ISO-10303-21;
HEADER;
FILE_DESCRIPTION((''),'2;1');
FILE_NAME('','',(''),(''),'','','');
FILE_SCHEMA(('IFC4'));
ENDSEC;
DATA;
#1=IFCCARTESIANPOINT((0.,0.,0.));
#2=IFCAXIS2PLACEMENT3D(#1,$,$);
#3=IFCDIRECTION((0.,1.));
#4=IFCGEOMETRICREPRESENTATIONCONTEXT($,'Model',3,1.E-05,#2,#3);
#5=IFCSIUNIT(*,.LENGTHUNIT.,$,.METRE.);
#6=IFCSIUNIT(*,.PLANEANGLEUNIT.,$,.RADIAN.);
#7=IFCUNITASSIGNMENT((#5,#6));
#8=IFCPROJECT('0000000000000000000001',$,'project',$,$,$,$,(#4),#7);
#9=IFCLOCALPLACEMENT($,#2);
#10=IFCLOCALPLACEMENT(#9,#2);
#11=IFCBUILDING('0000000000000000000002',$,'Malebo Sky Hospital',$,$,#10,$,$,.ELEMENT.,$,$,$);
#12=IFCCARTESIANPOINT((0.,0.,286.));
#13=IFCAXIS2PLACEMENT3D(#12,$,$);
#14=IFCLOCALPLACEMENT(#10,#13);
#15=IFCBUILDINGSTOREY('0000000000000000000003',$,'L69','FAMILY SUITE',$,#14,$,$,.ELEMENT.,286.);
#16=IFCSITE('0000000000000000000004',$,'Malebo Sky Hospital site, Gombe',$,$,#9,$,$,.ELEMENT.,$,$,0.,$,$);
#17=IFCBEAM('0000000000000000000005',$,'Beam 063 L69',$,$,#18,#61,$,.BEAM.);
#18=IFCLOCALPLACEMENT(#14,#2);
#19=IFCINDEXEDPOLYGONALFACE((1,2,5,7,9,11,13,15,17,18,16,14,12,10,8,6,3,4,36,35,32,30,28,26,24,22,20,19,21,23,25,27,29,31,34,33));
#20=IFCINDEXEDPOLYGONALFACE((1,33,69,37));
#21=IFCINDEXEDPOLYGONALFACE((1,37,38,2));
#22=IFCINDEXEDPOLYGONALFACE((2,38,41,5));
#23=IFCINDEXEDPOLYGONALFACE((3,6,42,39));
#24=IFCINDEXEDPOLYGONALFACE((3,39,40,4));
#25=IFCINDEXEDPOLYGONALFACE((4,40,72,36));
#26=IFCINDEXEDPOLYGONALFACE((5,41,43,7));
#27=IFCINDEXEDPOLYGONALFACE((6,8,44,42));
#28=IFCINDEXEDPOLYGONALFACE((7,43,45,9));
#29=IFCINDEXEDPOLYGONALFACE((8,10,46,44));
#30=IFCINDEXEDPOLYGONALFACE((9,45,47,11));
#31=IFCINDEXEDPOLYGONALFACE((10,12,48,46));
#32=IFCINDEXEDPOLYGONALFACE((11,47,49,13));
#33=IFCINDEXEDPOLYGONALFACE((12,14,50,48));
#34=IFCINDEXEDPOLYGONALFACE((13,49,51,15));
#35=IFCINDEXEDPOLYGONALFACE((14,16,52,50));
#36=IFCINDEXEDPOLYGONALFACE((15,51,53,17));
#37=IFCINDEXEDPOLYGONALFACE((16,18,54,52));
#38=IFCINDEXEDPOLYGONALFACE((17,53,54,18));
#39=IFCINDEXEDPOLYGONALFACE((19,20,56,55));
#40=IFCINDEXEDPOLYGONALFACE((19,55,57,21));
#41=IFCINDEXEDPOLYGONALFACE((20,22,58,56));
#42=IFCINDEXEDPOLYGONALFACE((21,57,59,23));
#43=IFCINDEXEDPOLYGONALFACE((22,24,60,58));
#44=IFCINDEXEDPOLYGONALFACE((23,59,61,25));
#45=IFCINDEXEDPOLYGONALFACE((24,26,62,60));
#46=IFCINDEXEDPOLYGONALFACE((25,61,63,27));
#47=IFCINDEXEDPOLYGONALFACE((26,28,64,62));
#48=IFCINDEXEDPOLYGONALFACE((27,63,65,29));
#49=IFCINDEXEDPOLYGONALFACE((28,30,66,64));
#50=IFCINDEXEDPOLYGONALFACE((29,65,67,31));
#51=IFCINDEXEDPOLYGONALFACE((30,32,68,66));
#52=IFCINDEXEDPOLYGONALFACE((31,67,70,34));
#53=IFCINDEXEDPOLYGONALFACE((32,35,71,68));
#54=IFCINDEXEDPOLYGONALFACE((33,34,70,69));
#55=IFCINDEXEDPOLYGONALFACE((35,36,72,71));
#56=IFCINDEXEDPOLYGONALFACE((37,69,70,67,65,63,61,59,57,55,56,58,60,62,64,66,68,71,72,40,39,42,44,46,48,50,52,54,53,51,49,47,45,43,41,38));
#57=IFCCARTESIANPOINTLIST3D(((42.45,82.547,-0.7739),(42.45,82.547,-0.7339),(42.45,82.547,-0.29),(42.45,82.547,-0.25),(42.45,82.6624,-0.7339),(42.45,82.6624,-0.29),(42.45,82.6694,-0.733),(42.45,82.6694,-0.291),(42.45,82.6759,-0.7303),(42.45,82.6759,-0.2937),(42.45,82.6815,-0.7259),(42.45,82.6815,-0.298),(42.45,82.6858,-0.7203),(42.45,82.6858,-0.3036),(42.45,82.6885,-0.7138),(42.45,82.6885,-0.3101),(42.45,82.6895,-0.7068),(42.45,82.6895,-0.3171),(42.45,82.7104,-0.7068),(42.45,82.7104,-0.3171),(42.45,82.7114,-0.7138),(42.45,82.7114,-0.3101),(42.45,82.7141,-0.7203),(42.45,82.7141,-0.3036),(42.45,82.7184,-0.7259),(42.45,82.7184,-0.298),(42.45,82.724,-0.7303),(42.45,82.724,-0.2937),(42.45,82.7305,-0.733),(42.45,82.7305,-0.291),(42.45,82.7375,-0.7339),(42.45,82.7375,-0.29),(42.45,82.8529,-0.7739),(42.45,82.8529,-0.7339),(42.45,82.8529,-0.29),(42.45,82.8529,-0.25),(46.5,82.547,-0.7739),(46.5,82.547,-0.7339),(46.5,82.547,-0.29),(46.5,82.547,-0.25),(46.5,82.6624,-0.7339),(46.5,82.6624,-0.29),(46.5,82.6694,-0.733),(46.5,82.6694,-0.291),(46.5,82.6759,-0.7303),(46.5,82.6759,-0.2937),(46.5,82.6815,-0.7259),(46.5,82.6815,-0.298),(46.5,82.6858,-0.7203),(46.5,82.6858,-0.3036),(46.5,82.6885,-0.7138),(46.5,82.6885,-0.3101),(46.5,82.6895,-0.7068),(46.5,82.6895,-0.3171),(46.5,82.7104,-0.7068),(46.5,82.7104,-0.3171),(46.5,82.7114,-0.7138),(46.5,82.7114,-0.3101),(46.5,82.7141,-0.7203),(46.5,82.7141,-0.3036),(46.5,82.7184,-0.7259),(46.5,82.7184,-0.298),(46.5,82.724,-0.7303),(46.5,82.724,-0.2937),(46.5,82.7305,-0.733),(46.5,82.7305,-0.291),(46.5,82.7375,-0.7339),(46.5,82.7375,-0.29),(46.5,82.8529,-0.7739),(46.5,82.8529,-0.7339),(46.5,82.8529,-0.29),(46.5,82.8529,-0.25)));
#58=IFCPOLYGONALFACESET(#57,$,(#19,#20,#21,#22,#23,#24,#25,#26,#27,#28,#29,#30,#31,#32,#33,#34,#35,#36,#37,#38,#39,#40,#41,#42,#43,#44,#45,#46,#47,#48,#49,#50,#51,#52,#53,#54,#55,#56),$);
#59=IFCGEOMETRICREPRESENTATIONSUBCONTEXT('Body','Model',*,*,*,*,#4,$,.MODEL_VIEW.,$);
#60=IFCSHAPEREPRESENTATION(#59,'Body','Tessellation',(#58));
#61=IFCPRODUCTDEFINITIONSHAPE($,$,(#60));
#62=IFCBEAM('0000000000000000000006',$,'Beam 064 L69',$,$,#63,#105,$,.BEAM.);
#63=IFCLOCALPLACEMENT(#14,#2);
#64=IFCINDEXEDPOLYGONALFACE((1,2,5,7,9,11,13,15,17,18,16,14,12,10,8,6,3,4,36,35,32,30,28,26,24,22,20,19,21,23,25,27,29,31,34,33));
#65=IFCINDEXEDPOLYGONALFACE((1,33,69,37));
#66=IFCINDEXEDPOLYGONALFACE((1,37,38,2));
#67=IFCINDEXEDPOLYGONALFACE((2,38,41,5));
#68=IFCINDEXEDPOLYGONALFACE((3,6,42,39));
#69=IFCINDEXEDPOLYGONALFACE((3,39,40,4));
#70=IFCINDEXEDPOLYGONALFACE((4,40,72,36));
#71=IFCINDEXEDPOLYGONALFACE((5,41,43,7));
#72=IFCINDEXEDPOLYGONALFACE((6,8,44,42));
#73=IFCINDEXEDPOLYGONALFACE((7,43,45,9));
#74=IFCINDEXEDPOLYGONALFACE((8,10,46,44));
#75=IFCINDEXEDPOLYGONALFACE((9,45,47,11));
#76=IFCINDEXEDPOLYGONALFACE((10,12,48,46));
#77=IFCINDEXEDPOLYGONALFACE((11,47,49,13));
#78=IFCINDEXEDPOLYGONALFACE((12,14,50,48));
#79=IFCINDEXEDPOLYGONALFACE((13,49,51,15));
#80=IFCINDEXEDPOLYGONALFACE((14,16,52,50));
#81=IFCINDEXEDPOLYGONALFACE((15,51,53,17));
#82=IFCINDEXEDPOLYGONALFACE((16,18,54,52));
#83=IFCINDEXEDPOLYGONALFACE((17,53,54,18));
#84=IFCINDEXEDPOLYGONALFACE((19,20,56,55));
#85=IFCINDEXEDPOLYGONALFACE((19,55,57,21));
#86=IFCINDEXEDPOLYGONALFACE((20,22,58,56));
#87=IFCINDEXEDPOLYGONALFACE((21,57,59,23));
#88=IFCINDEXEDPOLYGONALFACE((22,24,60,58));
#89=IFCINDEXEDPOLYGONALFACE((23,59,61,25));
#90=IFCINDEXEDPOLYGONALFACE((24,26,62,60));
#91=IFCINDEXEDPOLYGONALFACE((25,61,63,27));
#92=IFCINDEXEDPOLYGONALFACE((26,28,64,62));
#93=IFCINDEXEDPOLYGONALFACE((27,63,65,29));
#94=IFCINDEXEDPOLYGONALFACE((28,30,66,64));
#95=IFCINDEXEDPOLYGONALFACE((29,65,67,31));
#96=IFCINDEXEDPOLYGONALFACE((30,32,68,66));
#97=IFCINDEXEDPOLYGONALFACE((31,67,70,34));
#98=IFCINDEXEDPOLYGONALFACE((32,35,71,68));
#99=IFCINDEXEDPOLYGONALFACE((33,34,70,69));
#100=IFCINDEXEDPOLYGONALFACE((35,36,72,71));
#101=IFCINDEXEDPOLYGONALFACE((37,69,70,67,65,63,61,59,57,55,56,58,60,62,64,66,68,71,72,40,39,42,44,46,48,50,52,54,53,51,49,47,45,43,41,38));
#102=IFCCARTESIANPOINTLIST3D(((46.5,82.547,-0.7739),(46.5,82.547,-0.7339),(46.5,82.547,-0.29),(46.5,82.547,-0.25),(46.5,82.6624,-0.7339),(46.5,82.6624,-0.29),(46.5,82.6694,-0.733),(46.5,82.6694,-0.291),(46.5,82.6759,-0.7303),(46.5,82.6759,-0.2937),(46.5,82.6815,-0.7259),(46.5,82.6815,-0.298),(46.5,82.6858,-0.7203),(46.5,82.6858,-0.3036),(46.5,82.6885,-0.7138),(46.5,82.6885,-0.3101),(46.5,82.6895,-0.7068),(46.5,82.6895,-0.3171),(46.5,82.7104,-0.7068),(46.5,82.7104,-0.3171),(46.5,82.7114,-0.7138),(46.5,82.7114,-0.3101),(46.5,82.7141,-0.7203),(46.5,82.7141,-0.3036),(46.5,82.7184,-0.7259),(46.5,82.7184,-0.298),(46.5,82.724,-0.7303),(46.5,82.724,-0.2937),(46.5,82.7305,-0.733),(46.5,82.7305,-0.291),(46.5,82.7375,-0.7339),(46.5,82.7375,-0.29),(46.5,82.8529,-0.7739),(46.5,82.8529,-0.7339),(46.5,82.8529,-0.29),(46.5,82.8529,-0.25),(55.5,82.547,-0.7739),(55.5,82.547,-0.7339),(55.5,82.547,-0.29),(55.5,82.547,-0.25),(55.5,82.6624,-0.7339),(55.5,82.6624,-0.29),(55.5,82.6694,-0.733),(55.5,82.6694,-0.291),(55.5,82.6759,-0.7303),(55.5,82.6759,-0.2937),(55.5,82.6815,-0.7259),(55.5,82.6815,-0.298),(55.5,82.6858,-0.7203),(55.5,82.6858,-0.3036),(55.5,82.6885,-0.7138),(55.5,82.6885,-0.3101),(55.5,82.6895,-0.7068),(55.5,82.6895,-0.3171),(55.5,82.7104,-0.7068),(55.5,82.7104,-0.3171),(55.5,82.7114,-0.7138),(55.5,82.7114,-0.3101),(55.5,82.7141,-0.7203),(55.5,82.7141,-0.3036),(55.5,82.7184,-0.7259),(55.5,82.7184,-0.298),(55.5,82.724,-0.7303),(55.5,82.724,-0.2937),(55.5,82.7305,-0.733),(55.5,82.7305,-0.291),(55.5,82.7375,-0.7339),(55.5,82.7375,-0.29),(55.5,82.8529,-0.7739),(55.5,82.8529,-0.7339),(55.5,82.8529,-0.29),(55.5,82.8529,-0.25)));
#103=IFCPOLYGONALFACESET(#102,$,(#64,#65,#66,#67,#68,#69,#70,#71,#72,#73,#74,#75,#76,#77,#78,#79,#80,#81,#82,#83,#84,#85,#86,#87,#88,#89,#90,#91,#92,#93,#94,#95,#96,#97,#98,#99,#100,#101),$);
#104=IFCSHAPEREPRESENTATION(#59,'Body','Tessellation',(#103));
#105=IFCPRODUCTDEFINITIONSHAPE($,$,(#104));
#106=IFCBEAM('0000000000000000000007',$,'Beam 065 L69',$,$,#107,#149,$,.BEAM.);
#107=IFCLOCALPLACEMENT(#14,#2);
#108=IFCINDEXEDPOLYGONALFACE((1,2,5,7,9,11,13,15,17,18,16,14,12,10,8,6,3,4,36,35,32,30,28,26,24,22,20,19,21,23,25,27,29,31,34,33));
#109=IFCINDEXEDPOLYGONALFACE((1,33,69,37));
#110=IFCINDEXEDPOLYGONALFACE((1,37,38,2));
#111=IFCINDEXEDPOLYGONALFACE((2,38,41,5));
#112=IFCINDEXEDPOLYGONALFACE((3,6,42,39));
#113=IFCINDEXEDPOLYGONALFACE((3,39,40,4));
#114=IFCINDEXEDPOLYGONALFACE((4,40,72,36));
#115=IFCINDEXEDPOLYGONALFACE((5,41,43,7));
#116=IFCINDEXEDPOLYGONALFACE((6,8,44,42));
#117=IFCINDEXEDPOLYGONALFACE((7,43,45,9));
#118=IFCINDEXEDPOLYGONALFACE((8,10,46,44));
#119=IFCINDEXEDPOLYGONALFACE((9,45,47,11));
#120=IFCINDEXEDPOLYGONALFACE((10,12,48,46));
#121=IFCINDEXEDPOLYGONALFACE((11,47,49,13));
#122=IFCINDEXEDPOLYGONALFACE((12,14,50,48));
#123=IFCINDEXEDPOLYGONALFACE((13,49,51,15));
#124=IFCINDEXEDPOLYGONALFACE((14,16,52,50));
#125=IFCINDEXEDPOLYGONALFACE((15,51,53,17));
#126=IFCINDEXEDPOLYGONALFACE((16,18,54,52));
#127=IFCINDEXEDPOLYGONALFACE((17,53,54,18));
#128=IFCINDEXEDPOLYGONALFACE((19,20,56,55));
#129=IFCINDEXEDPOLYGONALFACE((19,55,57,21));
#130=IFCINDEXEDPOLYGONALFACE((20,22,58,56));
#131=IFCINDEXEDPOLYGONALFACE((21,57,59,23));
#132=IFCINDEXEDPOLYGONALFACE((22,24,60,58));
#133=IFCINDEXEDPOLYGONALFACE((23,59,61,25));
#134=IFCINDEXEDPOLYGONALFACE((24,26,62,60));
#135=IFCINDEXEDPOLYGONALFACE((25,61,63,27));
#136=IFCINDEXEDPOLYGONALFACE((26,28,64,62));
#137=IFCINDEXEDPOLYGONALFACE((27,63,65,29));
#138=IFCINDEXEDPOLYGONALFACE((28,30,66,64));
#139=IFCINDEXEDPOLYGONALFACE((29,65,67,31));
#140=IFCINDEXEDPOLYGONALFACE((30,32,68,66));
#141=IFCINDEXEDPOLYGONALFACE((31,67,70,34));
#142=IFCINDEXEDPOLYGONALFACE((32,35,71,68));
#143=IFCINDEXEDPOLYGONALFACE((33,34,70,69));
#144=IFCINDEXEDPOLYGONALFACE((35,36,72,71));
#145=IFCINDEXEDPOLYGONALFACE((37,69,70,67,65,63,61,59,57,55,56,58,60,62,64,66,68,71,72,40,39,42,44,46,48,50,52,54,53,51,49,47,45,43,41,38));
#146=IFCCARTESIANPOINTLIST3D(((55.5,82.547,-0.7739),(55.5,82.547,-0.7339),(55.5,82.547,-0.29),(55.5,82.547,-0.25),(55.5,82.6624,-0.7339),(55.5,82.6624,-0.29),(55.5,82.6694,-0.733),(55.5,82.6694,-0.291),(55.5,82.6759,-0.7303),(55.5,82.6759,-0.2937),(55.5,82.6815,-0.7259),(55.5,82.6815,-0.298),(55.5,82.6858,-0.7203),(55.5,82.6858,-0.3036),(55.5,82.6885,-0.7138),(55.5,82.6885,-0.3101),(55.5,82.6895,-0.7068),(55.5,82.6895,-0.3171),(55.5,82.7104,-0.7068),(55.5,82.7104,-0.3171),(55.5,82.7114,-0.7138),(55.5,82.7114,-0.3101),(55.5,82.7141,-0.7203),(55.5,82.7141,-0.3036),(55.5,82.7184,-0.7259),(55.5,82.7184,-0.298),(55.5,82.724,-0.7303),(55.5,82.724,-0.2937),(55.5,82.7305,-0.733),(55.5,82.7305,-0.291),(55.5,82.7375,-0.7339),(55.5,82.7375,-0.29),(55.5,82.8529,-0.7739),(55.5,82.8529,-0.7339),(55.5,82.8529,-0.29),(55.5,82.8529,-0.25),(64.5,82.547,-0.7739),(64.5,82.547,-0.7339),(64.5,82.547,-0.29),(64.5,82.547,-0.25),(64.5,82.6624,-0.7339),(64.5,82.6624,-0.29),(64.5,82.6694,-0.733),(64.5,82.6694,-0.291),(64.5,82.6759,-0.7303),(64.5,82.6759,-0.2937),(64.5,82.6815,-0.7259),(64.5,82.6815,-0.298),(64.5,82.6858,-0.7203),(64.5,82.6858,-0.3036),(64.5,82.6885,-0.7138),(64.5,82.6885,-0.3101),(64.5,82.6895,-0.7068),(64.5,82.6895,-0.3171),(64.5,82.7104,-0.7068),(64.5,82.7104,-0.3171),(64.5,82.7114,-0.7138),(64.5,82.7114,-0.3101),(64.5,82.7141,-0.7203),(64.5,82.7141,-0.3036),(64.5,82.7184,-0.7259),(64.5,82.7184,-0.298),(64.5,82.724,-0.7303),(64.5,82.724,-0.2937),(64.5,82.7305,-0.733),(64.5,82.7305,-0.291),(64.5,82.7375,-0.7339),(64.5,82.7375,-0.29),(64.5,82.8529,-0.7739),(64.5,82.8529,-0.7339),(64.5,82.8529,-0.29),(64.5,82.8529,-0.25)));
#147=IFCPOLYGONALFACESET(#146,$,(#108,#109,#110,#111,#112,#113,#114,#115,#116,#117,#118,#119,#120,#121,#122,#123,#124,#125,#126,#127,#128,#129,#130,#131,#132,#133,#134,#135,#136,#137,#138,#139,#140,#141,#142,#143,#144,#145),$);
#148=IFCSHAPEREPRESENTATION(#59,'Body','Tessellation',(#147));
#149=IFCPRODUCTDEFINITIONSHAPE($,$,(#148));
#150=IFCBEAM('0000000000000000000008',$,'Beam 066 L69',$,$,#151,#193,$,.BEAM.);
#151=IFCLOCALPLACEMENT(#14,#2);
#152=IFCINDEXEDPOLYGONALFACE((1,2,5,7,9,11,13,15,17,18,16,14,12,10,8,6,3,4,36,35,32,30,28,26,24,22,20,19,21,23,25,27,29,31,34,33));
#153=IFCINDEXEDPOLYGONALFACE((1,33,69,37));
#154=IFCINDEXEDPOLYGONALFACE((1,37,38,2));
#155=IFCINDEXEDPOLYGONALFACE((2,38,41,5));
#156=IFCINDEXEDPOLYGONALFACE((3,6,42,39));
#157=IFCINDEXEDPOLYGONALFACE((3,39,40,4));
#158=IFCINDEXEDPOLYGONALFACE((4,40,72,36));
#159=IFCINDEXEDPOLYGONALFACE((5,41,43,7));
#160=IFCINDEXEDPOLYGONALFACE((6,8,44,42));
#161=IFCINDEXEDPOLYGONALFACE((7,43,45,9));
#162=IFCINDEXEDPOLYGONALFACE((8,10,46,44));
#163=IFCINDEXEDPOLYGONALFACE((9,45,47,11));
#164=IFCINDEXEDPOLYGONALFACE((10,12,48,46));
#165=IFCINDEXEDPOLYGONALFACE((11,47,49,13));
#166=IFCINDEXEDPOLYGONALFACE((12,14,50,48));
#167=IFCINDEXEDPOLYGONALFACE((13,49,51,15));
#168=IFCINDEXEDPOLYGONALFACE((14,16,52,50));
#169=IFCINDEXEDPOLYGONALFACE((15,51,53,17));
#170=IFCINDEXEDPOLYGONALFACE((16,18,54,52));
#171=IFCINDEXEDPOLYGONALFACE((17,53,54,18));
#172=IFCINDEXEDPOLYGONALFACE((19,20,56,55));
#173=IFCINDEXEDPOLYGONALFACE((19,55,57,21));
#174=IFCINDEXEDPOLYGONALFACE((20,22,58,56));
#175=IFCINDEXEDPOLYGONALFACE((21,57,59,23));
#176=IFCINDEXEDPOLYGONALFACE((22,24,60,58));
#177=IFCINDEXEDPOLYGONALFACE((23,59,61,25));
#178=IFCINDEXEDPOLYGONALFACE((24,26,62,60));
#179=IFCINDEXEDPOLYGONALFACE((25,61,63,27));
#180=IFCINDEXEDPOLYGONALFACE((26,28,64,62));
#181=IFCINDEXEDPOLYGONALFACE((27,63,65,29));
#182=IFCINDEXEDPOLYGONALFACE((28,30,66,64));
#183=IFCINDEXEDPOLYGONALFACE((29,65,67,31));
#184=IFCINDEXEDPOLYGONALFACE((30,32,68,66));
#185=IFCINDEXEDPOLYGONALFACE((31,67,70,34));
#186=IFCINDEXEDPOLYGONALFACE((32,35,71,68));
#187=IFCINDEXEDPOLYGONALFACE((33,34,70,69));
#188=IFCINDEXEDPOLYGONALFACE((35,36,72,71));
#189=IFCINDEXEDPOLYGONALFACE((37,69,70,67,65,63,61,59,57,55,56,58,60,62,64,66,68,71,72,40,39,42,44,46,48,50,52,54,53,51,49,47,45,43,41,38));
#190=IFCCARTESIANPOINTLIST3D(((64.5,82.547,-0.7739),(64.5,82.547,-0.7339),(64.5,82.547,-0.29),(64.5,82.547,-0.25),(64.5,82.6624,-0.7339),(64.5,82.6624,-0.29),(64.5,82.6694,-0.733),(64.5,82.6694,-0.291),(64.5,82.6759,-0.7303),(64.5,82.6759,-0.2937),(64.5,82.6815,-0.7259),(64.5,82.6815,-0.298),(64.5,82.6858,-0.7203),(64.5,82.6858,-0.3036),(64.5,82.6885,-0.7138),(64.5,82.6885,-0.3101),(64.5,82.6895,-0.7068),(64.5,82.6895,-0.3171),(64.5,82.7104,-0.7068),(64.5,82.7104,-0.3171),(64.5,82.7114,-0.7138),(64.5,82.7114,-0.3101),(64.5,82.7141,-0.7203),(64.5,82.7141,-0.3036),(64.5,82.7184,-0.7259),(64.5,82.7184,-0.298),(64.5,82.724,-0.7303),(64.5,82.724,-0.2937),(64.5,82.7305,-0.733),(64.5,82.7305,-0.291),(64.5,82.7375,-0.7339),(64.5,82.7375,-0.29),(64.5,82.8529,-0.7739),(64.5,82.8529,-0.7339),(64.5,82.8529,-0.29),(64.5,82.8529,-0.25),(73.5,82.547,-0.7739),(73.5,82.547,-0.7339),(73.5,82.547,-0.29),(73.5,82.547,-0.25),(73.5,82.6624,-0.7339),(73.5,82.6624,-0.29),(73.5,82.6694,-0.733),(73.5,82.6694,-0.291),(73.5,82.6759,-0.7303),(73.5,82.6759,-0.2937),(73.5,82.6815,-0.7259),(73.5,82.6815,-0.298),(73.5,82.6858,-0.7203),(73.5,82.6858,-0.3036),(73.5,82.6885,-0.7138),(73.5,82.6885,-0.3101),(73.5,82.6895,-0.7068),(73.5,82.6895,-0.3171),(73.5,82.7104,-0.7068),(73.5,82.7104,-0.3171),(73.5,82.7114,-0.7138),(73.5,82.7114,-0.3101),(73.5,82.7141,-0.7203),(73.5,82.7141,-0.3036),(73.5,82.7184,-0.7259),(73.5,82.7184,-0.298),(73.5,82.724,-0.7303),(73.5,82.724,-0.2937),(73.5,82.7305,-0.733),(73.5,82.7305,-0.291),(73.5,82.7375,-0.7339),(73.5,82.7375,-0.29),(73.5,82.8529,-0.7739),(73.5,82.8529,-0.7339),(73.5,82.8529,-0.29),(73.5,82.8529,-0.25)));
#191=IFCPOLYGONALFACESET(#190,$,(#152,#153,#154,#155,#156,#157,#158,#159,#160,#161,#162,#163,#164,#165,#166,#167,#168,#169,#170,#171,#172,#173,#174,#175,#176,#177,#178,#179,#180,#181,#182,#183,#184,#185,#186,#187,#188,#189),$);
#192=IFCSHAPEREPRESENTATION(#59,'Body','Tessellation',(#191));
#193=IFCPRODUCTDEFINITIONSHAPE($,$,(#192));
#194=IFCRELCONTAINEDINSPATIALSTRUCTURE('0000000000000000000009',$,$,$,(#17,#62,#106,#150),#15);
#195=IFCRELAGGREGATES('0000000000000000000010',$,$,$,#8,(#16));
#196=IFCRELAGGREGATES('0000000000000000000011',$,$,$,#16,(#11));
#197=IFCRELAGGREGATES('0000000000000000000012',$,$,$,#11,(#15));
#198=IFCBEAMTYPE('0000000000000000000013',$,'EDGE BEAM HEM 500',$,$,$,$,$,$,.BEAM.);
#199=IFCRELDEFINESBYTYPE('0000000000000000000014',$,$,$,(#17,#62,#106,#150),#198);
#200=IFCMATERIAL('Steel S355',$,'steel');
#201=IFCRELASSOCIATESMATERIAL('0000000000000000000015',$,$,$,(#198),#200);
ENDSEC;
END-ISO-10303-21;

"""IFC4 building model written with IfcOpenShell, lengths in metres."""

from ifc_helpers import new_model, si_unit, direction, frame, origin, origin_2d, place, context, subcontext, project, spatial, i_section, extrude, material, material_profile, profile_set, type_object, element, save


model = new_model("IFC4")

# Units and contexts
model_context = context("Model", 3, precision=1e-05, world=origin(), true_north=direction((0.0, 1.0)))
body_context = subcontext(model_context, "Body", "Model", "MODEL_VIEW")
ifc_project = project(units=[si_unit("LENGTHUNIT", "METRE"), si_unit("PLANEANGLEUNIT", "RADIAN")], contexts=[model_context])

# Site, building, storey
site_placement = place(None, origin())
site = spatial("IfcSite", under=ifc_project, at=site_placement, Name="Malebo Sky Hospital site, Gombe", CompositionType="ELEMENT", RefElevation=0.0)
building_placement = place(site_placement, origin())
building = spatial("IfcBuilding", under=site, at=building_placement, Name="Malebo Sky Hospital", CompositionType="ELEMENT")
storey_placement = place(building_placement, frame((0.0, 0.0, 286.0)))
storey = spatial("IfcBuildingStorey", under=building, at=storey_placement, Name="L69", Description="FAMILY SUITE", CompositionType="ELEMENT", Elevation=286.0)

# Shared definitions
ifc_material_1 = material(Name="Steel S355", Category="steel")

# Beams
ifc_material_profile_1 = material_profile(ifc_material_1, i_section(OverallWidth=0.3059, OverallDepth=0.5239, WebThickness=0.021, FlangeThickness=0.04, FilletRadius=0.0271, at=origin_2d()), Name="HEM 500")
ifc_profile_set_1 = profile_set([ifc_material_profile_1], Name="Steel S355")
beam_type_1 = type_object("IfcBeamType", Name="EDGE BEAM HEM 500", PredefinedType="BEAM", material=ifc_profile_set_1)
for number, where, z_axis, x_axis, name in (
    (1, (42.45, 82.7, -0.512), (1.0, 0.0, 0.0), (0.0, 1.0, 0.0), "Beam 063 L69"),
):
    element("IfcBeam", number, at=place(storey_placement, frame(where, z_axis=z_axis, x_axis=x_axis)), inside=storey, type_object=beam_type_1, Name=name, PredefinedType="BEAM", context=body_context, shape_type="SweptSolid", body=[
        extrude(i_section(OverallWidth=0.3059, OverallDepth=0.5239, WebThickness=0.021, FlangeThickness=0.04, FilletRadius=0.0271, at=origin_2d()), origin(), (0.0, 0.0, 1.0), 4.05),
    ])
for number, where, z_axis, x_axis, name in (
    (2, (46.5, 82.7, -0.512), (1.0, 0.0, 0.0), (0.0, 1.0, 0.0), "Beam 064 L69"),
    (3, (55.5, 82.7, -0.512), (1.0, 0.0, 0.0), (0.0, 1.0, 0.0), "Beam 065 L69"),
    (4, (64.5, 82.7, -0.512), (1.0, 0.0, 0.0), (0.0, 1.0, 0.0), "Beam 066 L69"),
):
    element("IfcBeam", number, at=place(storey_placement, frame(where, z_axis=z_axis, x_axis=x_axis)), inside=storey, type_object=beam_type_1, Name=name, PredefinedType="BEAM", context=body_context, shape_type="SweptSolid", body=[
        extrude(i_section(OverallWidth=0.3059, OverallDepth=0.5239, WebThickness=0.021, FlangeThickness=0.04, FilletRadius=0.0271, at=origin_2d()), origin(), (0.0, 0.0, 1.0), 9.0),
    ])

save(model, "model.ifc")
